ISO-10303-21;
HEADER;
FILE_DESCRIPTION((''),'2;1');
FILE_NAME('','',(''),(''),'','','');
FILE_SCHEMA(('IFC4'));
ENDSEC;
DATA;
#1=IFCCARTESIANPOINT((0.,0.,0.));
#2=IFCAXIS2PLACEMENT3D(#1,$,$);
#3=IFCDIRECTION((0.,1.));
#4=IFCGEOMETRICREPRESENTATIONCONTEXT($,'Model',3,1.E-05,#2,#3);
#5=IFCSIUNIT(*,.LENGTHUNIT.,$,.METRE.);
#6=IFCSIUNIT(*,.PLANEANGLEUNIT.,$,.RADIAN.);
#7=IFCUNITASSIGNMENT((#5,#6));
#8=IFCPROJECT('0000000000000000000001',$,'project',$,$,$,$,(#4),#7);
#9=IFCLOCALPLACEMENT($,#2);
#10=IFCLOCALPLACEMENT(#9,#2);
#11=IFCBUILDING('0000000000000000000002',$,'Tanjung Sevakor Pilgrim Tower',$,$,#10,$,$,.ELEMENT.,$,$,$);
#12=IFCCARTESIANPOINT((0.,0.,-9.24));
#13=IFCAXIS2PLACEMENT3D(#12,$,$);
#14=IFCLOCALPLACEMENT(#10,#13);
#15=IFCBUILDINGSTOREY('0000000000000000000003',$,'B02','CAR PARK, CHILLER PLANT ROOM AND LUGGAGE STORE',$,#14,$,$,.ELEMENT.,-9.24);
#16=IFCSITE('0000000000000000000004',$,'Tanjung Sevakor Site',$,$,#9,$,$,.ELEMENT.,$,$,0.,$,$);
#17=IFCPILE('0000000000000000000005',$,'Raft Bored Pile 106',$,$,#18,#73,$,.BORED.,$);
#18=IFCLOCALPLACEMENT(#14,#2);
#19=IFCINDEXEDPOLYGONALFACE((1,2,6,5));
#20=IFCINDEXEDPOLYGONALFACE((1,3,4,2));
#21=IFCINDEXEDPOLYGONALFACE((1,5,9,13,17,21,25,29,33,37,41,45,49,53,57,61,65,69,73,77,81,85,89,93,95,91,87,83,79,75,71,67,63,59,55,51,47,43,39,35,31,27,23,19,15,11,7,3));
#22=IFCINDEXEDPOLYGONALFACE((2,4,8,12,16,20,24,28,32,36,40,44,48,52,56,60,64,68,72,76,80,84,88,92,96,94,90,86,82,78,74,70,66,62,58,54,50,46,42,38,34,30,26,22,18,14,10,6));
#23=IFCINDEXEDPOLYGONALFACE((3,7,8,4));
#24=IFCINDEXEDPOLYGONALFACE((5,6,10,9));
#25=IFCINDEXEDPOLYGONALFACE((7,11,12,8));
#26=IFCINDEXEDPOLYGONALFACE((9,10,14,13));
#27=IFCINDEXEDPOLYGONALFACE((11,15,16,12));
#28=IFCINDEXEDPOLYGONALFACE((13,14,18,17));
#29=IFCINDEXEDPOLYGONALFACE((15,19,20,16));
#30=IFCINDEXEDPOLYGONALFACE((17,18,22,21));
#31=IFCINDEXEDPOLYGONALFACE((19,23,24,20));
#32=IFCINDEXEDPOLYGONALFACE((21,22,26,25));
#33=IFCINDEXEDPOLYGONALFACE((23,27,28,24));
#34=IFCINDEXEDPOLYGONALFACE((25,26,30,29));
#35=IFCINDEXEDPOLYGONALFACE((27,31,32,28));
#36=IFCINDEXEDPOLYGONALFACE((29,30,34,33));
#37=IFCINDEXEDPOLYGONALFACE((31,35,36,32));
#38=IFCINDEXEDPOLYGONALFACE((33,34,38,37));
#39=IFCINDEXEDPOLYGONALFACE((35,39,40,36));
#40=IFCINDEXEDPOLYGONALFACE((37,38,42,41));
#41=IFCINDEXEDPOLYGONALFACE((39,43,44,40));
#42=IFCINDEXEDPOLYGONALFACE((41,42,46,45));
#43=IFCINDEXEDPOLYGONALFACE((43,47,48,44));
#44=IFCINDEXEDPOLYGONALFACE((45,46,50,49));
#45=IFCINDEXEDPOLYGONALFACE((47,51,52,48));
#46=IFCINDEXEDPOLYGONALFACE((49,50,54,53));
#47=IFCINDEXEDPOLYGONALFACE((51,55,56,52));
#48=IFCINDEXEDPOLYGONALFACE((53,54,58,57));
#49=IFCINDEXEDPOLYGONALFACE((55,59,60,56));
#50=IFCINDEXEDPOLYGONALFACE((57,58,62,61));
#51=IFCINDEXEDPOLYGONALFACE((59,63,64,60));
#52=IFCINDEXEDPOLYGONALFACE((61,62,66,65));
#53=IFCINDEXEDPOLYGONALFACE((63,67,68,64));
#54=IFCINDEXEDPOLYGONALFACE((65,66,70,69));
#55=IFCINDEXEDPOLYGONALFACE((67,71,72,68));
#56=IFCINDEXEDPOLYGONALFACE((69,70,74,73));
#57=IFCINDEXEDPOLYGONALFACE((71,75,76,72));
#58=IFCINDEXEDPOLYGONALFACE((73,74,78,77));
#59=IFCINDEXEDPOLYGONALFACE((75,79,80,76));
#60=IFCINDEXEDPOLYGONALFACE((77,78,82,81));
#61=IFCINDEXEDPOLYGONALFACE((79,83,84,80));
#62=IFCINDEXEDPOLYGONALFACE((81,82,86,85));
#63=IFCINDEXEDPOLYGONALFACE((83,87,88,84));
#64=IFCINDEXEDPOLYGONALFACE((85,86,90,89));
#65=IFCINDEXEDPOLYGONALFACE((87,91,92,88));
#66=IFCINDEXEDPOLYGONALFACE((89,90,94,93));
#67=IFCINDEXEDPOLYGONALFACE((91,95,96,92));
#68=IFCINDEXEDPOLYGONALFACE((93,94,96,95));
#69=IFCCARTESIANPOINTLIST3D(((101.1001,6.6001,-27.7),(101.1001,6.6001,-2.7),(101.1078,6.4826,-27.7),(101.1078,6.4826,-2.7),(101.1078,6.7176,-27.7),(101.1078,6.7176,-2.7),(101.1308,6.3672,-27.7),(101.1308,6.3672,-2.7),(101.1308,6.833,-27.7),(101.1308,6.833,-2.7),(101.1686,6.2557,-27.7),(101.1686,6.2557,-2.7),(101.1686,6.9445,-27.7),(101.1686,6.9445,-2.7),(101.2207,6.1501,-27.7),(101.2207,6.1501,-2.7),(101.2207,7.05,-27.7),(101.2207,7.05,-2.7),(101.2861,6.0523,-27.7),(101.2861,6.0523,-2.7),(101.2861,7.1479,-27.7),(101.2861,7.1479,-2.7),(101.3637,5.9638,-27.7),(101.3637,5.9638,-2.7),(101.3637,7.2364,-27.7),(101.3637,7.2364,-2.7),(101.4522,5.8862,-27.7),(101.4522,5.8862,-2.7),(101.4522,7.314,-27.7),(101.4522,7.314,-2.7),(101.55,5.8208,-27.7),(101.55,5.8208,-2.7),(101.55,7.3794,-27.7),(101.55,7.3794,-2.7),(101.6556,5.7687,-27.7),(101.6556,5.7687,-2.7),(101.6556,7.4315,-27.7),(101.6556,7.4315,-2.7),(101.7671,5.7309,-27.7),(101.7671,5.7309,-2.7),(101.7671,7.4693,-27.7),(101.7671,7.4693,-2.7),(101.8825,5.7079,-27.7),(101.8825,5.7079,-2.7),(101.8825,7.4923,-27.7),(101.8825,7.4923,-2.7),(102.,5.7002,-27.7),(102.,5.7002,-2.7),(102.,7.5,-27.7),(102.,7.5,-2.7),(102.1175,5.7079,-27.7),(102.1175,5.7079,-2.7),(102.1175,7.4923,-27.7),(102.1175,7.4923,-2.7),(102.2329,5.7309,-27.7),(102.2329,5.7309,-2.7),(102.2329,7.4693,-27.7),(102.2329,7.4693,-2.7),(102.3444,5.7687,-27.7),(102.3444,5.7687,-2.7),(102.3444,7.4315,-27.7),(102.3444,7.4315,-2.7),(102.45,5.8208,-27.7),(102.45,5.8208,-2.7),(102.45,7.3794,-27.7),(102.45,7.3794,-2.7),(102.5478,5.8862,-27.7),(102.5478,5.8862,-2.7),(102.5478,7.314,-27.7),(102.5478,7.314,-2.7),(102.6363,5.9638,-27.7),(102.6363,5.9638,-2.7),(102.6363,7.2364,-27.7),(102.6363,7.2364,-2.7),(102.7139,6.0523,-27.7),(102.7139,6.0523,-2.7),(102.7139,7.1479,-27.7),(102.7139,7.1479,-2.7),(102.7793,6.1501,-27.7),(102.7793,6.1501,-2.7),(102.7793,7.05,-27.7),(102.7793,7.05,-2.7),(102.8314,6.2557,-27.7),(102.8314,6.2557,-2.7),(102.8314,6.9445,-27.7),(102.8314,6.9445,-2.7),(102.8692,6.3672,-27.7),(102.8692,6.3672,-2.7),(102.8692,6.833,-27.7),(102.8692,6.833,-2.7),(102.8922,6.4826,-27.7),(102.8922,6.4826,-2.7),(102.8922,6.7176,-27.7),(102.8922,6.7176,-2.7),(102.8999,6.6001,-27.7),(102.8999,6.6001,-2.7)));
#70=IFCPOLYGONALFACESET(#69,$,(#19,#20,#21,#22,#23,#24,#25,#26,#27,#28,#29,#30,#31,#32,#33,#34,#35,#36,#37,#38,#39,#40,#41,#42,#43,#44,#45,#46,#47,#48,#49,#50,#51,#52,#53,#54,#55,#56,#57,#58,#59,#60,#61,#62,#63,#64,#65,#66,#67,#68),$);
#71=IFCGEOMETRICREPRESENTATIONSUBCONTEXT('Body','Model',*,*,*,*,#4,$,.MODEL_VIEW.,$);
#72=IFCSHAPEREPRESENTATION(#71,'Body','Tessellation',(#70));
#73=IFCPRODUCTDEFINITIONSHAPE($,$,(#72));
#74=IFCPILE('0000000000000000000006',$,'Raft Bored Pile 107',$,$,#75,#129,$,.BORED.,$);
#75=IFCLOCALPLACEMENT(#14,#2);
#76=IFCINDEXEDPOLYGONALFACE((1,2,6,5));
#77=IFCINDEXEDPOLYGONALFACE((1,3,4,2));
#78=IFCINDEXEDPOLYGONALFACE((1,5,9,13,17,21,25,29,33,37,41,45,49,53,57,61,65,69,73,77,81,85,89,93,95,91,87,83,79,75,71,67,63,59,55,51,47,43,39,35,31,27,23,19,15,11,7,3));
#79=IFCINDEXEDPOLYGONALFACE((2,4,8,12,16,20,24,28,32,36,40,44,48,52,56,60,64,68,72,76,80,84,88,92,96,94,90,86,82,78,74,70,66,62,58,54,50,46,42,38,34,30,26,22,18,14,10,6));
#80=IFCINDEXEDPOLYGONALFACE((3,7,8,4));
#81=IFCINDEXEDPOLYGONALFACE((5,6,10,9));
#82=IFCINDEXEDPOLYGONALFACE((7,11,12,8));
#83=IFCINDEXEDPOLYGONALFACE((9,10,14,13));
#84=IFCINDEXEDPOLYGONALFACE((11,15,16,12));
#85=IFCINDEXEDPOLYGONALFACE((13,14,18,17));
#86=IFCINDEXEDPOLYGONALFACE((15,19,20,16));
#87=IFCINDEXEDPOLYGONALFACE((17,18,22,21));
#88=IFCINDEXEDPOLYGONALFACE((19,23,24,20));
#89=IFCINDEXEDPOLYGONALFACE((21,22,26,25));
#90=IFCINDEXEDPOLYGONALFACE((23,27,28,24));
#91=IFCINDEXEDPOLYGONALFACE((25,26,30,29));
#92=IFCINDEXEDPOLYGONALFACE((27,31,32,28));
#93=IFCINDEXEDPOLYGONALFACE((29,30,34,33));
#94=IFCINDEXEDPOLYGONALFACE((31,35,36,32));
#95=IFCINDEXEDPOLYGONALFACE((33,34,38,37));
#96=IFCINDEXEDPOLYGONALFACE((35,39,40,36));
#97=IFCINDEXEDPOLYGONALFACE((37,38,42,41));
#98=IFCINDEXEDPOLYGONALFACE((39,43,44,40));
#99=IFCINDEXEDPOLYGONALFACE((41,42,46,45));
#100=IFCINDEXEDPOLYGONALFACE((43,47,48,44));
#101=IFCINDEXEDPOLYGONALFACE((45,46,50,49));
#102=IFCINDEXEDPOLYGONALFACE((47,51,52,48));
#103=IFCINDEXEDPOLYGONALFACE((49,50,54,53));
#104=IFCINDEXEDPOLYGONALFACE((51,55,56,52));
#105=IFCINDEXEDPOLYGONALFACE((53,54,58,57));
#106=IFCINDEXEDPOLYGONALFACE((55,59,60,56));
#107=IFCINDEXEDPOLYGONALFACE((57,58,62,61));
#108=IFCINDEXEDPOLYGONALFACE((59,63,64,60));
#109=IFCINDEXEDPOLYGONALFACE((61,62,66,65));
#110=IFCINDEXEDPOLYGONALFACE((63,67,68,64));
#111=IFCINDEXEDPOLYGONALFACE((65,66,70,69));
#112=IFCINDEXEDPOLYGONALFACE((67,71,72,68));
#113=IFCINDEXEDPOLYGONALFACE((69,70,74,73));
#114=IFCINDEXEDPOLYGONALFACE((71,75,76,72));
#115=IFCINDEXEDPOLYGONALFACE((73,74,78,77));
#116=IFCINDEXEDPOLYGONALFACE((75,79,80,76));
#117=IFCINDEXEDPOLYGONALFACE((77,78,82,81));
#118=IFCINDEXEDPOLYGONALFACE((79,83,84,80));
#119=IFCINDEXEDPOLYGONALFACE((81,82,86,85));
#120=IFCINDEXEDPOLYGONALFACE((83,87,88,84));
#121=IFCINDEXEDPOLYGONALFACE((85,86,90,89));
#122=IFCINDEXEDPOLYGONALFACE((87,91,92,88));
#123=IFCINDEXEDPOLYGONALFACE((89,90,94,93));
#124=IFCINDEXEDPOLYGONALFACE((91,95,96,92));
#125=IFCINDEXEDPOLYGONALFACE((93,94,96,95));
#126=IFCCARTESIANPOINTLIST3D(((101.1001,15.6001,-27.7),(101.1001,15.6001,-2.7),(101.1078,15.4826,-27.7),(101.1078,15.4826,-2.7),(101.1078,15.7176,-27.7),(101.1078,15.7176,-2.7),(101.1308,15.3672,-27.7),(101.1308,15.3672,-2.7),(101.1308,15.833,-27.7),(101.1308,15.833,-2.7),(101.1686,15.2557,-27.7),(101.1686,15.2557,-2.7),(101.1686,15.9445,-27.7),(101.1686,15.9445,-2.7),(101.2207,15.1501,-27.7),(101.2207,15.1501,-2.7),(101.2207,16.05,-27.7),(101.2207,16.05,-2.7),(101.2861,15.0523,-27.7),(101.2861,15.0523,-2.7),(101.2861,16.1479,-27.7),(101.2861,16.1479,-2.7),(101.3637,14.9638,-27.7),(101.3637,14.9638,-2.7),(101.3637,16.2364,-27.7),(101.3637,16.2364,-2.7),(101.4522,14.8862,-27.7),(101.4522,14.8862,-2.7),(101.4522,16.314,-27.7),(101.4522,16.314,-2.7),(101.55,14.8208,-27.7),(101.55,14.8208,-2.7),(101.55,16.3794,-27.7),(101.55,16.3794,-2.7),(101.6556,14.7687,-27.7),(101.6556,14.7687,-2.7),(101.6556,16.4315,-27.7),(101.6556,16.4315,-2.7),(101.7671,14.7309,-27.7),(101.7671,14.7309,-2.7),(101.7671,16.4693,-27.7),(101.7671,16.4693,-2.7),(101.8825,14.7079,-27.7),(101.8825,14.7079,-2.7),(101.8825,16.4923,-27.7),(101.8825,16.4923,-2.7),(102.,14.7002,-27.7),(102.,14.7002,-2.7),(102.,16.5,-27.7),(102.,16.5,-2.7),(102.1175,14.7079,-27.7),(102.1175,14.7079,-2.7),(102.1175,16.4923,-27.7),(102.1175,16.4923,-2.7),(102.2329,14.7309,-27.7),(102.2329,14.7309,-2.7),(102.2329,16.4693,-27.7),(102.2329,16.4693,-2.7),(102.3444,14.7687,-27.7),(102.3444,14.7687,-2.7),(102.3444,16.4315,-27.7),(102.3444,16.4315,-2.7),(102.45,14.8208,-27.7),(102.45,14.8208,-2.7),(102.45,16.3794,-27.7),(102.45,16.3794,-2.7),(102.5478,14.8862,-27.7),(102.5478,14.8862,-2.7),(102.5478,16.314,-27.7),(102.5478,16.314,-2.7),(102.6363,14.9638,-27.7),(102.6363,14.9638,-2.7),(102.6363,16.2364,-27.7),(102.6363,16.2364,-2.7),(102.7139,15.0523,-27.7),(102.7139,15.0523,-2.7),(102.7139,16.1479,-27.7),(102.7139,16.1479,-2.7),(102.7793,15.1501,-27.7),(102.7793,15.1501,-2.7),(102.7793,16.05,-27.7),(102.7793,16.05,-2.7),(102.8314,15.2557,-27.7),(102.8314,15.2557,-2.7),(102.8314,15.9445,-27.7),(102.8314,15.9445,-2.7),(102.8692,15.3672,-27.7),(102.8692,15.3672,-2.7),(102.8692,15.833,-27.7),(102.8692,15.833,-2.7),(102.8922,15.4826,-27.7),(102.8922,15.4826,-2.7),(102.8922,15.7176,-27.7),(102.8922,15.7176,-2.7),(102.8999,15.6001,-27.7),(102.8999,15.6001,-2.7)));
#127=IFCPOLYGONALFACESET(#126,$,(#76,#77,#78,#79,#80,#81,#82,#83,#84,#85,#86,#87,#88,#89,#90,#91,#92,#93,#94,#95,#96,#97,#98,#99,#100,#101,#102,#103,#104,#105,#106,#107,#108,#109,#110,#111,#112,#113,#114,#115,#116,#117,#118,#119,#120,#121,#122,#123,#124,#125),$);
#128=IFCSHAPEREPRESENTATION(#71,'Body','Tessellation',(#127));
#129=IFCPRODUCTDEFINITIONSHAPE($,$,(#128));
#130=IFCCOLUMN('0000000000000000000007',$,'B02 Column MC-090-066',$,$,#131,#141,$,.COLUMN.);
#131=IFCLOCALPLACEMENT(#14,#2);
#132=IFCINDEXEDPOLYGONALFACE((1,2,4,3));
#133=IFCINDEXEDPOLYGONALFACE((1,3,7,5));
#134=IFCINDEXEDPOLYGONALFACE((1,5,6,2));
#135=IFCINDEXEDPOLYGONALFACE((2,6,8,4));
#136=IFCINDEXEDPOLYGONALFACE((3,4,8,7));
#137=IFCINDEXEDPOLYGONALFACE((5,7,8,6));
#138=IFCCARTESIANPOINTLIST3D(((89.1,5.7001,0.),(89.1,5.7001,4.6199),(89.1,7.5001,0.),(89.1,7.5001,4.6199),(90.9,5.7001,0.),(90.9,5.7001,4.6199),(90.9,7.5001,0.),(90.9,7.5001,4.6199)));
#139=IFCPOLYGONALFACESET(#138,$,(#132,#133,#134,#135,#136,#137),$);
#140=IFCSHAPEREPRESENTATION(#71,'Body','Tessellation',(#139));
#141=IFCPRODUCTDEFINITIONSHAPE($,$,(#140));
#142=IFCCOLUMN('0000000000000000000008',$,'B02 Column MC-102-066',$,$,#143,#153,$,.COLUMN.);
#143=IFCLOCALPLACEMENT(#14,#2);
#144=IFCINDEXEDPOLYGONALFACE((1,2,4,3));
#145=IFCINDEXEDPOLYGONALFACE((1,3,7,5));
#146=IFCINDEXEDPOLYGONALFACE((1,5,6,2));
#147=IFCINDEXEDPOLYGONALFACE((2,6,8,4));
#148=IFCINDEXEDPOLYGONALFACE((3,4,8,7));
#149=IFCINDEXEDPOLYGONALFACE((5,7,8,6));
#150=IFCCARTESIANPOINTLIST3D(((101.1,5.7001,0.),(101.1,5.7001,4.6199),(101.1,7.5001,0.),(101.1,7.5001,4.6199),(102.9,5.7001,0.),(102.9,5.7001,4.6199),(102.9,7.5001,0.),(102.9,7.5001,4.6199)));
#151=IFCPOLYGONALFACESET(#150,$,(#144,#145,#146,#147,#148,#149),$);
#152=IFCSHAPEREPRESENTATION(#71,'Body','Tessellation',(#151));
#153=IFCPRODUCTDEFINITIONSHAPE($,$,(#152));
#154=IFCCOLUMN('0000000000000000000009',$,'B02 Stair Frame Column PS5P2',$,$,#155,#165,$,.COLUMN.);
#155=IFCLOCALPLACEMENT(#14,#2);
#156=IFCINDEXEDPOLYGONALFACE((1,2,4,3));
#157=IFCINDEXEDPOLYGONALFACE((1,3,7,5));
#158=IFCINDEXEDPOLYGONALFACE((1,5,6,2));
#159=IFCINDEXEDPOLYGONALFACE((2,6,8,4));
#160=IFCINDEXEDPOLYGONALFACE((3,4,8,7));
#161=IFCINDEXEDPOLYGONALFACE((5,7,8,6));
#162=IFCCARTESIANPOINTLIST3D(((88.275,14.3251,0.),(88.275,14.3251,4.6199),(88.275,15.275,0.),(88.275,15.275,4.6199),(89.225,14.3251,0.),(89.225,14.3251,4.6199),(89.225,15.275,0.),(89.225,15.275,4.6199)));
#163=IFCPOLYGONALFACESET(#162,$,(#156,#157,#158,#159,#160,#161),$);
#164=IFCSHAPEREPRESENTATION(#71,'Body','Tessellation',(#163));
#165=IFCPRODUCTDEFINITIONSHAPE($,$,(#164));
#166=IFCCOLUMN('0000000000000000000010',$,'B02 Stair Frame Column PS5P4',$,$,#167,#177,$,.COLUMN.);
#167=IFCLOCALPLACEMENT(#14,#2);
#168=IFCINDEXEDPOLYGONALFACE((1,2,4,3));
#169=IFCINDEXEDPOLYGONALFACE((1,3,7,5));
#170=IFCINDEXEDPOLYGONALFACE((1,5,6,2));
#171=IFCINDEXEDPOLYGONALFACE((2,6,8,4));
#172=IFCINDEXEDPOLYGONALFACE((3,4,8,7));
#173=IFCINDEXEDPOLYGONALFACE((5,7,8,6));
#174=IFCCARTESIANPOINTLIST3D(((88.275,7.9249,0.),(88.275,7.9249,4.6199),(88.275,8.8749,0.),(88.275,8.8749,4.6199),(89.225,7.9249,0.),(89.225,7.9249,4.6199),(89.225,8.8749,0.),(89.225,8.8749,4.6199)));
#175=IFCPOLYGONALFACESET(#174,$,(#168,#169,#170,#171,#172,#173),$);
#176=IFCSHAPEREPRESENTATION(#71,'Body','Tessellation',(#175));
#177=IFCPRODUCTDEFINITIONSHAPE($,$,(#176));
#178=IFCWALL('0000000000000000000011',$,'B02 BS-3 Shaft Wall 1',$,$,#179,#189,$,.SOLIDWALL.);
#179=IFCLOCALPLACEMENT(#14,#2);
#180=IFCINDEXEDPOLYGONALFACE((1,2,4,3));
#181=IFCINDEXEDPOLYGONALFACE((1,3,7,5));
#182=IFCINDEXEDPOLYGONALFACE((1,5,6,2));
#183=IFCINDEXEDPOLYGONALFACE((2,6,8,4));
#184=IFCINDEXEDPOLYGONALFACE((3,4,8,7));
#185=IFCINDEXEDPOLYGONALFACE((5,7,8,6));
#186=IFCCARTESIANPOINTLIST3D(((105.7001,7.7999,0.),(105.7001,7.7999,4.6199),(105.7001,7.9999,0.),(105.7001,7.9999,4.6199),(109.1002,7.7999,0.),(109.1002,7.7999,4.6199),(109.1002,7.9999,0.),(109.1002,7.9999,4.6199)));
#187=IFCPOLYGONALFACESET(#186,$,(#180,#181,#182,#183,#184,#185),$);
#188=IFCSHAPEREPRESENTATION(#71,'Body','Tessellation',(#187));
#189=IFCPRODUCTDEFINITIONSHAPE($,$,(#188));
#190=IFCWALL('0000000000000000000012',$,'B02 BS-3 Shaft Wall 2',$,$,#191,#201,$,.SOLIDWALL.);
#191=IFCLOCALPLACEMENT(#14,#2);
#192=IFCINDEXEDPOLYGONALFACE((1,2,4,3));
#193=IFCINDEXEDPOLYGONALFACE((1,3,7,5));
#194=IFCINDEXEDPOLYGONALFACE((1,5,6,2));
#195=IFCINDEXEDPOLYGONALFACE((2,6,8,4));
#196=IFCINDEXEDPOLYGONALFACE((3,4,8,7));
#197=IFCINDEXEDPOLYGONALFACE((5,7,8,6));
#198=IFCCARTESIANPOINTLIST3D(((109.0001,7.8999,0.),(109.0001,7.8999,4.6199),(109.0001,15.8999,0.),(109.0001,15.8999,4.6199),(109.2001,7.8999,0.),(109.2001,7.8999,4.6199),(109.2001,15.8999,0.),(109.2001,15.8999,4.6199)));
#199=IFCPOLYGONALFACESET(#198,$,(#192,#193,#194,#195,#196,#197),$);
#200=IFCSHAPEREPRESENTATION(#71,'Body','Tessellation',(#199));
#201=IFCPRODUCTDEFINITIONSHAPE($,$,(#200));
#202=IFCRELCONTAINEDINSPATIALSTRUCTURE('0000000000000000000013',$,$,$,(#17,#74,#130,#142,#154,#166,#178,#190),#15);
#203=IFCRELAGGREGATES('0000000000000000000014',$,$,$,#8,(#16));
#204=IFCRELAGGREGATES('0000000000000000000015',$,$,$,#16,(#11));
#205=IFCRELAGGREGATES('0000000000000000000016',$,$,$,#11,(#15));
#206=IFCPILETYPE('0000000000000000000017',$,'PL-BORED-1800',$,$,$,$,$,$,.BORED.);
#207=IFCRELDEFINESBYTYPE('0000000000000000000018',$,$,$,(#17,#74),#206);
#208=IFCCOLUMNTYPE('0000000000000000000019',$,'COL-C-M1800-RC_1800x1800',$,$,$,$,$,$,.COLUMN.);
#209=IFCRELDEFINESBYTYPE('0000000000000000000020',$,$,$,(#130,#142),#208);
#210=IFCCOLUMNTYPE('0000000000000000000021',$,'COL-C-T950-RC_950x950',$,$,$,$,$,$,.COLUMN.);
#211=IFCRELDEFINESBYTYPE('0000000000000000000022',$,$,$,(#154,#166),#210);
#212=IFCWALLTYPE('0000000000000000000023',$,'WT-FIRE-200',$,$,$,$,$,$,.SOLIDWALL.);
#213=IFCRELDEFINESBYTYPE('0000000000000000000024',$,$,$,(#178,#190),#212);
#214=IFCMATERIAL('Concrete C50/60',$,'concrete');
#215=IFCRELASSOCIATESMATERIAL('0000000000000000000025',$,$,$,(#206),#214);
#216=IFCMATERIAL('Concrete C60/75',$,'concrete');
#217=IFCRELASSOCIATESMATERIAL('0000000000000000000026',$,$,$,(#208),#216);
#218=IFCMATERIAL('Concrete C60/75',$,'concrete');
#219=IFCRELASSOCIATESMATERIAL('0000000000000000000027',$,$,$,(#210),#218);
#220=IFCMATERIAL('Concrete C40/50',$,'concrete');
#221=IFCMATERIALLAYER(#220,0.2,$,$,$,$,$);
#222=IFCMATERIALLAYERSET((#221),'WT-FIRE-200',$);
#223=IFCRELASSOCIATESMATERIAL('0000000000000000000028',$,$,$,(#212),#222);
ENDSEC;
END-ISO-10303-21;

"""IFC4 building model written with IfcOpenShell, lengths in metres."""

from ifc_helpers import new_model, si_unit, direction, frame, frame_2d, origin, origin_2d, place, context, subcontext, project, spatial, rectangle, circle, extrude, material, layer, layer_set, material_profile, profile_set, type_object, element, save


model = new_model("IFC4")

# Units and contexts
model_context = context("Model", 3, precision=1e-05, world=origin(), true_north=direction((0.0, 1.0)))
body_context = subcontext(model_context, "Body", "Model", "MODEL_VIEW")
ifc_project = project(units=[si_unit("LENGTHUNIT", "METRE"), si_unit("PLANEANGLEUNIT", "RADIAN")], contexts=[model_context])

# Site, building, storey
site_placement = place(None, origin())
site = spatial("IfcSite", under=ifc_project, at=site_placement, Name="Tanjung Sevakor Site", CompositionType="ELEMENT", RefElevation=0.0)
building_placement = place(site_placement, origin())
building = spatial("IfcBuilding", under=site, at=building_placement, Name="Tanjung Sevakor Pilgrim Tower", CompositionType="ELEMENT")
storey_placement = place(building_placement, frame((0.0, 0.0, -9.24)))
storey = spatial("IfcBuildingStorey", under=building, at=storey_placement, Name="B02", Description="CAR PARK, CHILLER PLANT ROOM AND LUGGAGE STORE", CompositionType="ELEMENT", Elevation=-9.24)

# Piles
ifc_material_1 = material(Name="Concrete C50/60", Category="concrete")
ifc_material_profile_1 = material_profile(ifc_material_1, circle(Radius=0.8999, at=origin_2d()))
ifc_profile_set_1 = profile_set([ifc_material_profile_1], Name="Concrete C50/60")
pile_type_1 = type_object("IfcPileType", Name="PL-BORED-1800", PredefinedType="BORED", material=ifc_profile_set_1)
for number, where, z_axis, x_axis, name in (
    (1, (102.0, 6.6001, -2.7), (0.0, 0.0, -1.0), (1.0, 0.0, 0.0), "Raft Bored Pile 106"),
    (2, (102.0, 15.6001, -2.7), (0.0, 0.0, -1.0), (1.0, 0.0, 0.0), "Raft Bored Pile 107"),
):
    element("IfcPile", number, at=place(storey_placement, frame(where, z_axis=z_axis, x_axis=x_axis)), inside=storey, type_object=pile_type_1, Name=name, PredefinedType="BORED", context=body_context, shape_type="SweptSolid", body=[
        extrude(circle(Radius=0.8999, at=origin_2d()), origin(), (0.0, 0.0, 1.0), 25.0),
    ])

# Columns
ifc_material_2 = material(Name="Concrete C60/75", Category="concrete")
ifc_material_profile_2 = material_profile(ifc_material_2, rectangle(XDim=1.8, YDim=1.8, at=origin_2d()))
ifc_profile_set_2 = profile_set([ifc_material_profile_2], Name="Concrete C60/75")
column_type_1 = type_object("IfcColumnType", Name="COL-C-M1800-RC_1800x1800", PredefinedType="COLUMN", material=ifc_profile_set_2)
for number, where, z_axis, x_axis, name in (
    (3, (90.0, 6.6001, 0.0), (0.0, 0.0, 1.0), (1.0, 0.0, 0.0), "B02 Column MC-090-066"),
    (4, (102.0, 6.6001, 0.0), (0.0, 0.0, 1.0), (1.0, 0.0, 0.0), "B02 Column MC-102-066"),
):
    element("IfcColumn", number, at=place(storey_placement, frame(where, z_axis=z_axis, x_axis=x_axis)), inside=storey, type_object=column_type_1, Name=name, PredefinedType="COLUMN", context=body_context, shape_type="SweptSolid", body=[
        extrude(rectangle(XDim=1.8, YDim=1.8, at=origin_2d()), origin(), (0.0, 0.0, 1.0), 4.6199),
    ])
ifc_material_3 = material(Name="Concrete C60/75", Category="concrete")
ifc_material_profile_3 = material_profile(ifc_material_3, rectangle(XDim=0.95, YDim=0.95, at=origin_2d()))
ifc_profile_set_3 = profile_set([ifc_material_profile_3], Name="Concrete C60/75")
column_type_2 = type_object("IfcColumnType", Name="COL-C-T950-RC_950x950", PredefinedType="COLUMN", material=ifc_profile_set_3)
for number, where, z_axis, x_axis, name in (
    (5, (88.75, 14.8, 0.0), (0.0, 0.0, 1.0), (1.0, 0.0, 0.0), "B02 Stair Frame Column PS5P2"),
    (6, (88.75, 8.3999, 0.0), (0.0, 0.0, 1.0), (1.0, 0.0, 0.0), "B02 Stair Frame Column PS5P4"),
):
    element("IfcColumn", number, at=place(storey_placement, frame(where, z_axis=z_axis, x_axis=x_axis)), inside=storey, type_object=column_type_2, Name=name, PredefinedType="COLUMN", context=body_context, shape_type="SweptSolid", body=[
        extrude(rectangle(XDim=0.95, YDim=0.95, at=origin_2d()), origin(), (0.0, 0.0, 1.0), 4.6199),
    ])

# Walls
ifc_material_4 = material(Name="Concrete C40/50", Category="concrete")
ifc_layer_1 = layer(ifc_material_4, 0.2)
ifc_layer_set_1 = layer_set([ifc_layer_1], Name="WT-FIRE-200")
wall_type_1 = type_object("IfcWallType", Name="WT-FIRE-200", PredefinedType="SOLIDWALL", material=ifc_layer_set_1)
wall_1_placement = place(storey_placement, frame((105.7, 7.8999, 0.0), z_axis=(0.0, 0.0, 1.0), x_axis=(1.0, 0.0, 0.0)))
element("IfcWall", 7, at=wall_1_placement, inside=storey, type_object=wall_type_1, Name="B02 BS-3 Shaft Wall 1", PredefinedType="SOLIDWALL", context=body_context, shape_type="SweptSolid", body=[
    extrude(rectangle(XDim=3.4001, YDim=0.2, at=frame_2d((1.7002, 0.0))), origin(), (0.0, 0.0, 1.0), 4.6199),
])
for number, where, z_axis, x_axis, name in (
    (8, (109.1001, 7.8999, 0.0), (0.0, 0.0, 1.0), (0.0, 1.0, 0.0), "B02 BS-3 Shaft Wall 2"),
):
    element("IfcWall", number, at=place(storey_placement, frame(where, z_axis=z_axis, x_axis=x_axis)), inside=storey, type_object=wall_type_1, Name=name, PredefinedType="SOLIDWALL", context=body_context, shape_type="SweptSolid", body=[
        extrude(rectangle(XDim=8.0, YDim=0.2, at=frame_2d((4.0, 0.0))), origin(), (0.0, 0.0, 1.0), 4.6199),
    ])

save(model, "model.ifc")
